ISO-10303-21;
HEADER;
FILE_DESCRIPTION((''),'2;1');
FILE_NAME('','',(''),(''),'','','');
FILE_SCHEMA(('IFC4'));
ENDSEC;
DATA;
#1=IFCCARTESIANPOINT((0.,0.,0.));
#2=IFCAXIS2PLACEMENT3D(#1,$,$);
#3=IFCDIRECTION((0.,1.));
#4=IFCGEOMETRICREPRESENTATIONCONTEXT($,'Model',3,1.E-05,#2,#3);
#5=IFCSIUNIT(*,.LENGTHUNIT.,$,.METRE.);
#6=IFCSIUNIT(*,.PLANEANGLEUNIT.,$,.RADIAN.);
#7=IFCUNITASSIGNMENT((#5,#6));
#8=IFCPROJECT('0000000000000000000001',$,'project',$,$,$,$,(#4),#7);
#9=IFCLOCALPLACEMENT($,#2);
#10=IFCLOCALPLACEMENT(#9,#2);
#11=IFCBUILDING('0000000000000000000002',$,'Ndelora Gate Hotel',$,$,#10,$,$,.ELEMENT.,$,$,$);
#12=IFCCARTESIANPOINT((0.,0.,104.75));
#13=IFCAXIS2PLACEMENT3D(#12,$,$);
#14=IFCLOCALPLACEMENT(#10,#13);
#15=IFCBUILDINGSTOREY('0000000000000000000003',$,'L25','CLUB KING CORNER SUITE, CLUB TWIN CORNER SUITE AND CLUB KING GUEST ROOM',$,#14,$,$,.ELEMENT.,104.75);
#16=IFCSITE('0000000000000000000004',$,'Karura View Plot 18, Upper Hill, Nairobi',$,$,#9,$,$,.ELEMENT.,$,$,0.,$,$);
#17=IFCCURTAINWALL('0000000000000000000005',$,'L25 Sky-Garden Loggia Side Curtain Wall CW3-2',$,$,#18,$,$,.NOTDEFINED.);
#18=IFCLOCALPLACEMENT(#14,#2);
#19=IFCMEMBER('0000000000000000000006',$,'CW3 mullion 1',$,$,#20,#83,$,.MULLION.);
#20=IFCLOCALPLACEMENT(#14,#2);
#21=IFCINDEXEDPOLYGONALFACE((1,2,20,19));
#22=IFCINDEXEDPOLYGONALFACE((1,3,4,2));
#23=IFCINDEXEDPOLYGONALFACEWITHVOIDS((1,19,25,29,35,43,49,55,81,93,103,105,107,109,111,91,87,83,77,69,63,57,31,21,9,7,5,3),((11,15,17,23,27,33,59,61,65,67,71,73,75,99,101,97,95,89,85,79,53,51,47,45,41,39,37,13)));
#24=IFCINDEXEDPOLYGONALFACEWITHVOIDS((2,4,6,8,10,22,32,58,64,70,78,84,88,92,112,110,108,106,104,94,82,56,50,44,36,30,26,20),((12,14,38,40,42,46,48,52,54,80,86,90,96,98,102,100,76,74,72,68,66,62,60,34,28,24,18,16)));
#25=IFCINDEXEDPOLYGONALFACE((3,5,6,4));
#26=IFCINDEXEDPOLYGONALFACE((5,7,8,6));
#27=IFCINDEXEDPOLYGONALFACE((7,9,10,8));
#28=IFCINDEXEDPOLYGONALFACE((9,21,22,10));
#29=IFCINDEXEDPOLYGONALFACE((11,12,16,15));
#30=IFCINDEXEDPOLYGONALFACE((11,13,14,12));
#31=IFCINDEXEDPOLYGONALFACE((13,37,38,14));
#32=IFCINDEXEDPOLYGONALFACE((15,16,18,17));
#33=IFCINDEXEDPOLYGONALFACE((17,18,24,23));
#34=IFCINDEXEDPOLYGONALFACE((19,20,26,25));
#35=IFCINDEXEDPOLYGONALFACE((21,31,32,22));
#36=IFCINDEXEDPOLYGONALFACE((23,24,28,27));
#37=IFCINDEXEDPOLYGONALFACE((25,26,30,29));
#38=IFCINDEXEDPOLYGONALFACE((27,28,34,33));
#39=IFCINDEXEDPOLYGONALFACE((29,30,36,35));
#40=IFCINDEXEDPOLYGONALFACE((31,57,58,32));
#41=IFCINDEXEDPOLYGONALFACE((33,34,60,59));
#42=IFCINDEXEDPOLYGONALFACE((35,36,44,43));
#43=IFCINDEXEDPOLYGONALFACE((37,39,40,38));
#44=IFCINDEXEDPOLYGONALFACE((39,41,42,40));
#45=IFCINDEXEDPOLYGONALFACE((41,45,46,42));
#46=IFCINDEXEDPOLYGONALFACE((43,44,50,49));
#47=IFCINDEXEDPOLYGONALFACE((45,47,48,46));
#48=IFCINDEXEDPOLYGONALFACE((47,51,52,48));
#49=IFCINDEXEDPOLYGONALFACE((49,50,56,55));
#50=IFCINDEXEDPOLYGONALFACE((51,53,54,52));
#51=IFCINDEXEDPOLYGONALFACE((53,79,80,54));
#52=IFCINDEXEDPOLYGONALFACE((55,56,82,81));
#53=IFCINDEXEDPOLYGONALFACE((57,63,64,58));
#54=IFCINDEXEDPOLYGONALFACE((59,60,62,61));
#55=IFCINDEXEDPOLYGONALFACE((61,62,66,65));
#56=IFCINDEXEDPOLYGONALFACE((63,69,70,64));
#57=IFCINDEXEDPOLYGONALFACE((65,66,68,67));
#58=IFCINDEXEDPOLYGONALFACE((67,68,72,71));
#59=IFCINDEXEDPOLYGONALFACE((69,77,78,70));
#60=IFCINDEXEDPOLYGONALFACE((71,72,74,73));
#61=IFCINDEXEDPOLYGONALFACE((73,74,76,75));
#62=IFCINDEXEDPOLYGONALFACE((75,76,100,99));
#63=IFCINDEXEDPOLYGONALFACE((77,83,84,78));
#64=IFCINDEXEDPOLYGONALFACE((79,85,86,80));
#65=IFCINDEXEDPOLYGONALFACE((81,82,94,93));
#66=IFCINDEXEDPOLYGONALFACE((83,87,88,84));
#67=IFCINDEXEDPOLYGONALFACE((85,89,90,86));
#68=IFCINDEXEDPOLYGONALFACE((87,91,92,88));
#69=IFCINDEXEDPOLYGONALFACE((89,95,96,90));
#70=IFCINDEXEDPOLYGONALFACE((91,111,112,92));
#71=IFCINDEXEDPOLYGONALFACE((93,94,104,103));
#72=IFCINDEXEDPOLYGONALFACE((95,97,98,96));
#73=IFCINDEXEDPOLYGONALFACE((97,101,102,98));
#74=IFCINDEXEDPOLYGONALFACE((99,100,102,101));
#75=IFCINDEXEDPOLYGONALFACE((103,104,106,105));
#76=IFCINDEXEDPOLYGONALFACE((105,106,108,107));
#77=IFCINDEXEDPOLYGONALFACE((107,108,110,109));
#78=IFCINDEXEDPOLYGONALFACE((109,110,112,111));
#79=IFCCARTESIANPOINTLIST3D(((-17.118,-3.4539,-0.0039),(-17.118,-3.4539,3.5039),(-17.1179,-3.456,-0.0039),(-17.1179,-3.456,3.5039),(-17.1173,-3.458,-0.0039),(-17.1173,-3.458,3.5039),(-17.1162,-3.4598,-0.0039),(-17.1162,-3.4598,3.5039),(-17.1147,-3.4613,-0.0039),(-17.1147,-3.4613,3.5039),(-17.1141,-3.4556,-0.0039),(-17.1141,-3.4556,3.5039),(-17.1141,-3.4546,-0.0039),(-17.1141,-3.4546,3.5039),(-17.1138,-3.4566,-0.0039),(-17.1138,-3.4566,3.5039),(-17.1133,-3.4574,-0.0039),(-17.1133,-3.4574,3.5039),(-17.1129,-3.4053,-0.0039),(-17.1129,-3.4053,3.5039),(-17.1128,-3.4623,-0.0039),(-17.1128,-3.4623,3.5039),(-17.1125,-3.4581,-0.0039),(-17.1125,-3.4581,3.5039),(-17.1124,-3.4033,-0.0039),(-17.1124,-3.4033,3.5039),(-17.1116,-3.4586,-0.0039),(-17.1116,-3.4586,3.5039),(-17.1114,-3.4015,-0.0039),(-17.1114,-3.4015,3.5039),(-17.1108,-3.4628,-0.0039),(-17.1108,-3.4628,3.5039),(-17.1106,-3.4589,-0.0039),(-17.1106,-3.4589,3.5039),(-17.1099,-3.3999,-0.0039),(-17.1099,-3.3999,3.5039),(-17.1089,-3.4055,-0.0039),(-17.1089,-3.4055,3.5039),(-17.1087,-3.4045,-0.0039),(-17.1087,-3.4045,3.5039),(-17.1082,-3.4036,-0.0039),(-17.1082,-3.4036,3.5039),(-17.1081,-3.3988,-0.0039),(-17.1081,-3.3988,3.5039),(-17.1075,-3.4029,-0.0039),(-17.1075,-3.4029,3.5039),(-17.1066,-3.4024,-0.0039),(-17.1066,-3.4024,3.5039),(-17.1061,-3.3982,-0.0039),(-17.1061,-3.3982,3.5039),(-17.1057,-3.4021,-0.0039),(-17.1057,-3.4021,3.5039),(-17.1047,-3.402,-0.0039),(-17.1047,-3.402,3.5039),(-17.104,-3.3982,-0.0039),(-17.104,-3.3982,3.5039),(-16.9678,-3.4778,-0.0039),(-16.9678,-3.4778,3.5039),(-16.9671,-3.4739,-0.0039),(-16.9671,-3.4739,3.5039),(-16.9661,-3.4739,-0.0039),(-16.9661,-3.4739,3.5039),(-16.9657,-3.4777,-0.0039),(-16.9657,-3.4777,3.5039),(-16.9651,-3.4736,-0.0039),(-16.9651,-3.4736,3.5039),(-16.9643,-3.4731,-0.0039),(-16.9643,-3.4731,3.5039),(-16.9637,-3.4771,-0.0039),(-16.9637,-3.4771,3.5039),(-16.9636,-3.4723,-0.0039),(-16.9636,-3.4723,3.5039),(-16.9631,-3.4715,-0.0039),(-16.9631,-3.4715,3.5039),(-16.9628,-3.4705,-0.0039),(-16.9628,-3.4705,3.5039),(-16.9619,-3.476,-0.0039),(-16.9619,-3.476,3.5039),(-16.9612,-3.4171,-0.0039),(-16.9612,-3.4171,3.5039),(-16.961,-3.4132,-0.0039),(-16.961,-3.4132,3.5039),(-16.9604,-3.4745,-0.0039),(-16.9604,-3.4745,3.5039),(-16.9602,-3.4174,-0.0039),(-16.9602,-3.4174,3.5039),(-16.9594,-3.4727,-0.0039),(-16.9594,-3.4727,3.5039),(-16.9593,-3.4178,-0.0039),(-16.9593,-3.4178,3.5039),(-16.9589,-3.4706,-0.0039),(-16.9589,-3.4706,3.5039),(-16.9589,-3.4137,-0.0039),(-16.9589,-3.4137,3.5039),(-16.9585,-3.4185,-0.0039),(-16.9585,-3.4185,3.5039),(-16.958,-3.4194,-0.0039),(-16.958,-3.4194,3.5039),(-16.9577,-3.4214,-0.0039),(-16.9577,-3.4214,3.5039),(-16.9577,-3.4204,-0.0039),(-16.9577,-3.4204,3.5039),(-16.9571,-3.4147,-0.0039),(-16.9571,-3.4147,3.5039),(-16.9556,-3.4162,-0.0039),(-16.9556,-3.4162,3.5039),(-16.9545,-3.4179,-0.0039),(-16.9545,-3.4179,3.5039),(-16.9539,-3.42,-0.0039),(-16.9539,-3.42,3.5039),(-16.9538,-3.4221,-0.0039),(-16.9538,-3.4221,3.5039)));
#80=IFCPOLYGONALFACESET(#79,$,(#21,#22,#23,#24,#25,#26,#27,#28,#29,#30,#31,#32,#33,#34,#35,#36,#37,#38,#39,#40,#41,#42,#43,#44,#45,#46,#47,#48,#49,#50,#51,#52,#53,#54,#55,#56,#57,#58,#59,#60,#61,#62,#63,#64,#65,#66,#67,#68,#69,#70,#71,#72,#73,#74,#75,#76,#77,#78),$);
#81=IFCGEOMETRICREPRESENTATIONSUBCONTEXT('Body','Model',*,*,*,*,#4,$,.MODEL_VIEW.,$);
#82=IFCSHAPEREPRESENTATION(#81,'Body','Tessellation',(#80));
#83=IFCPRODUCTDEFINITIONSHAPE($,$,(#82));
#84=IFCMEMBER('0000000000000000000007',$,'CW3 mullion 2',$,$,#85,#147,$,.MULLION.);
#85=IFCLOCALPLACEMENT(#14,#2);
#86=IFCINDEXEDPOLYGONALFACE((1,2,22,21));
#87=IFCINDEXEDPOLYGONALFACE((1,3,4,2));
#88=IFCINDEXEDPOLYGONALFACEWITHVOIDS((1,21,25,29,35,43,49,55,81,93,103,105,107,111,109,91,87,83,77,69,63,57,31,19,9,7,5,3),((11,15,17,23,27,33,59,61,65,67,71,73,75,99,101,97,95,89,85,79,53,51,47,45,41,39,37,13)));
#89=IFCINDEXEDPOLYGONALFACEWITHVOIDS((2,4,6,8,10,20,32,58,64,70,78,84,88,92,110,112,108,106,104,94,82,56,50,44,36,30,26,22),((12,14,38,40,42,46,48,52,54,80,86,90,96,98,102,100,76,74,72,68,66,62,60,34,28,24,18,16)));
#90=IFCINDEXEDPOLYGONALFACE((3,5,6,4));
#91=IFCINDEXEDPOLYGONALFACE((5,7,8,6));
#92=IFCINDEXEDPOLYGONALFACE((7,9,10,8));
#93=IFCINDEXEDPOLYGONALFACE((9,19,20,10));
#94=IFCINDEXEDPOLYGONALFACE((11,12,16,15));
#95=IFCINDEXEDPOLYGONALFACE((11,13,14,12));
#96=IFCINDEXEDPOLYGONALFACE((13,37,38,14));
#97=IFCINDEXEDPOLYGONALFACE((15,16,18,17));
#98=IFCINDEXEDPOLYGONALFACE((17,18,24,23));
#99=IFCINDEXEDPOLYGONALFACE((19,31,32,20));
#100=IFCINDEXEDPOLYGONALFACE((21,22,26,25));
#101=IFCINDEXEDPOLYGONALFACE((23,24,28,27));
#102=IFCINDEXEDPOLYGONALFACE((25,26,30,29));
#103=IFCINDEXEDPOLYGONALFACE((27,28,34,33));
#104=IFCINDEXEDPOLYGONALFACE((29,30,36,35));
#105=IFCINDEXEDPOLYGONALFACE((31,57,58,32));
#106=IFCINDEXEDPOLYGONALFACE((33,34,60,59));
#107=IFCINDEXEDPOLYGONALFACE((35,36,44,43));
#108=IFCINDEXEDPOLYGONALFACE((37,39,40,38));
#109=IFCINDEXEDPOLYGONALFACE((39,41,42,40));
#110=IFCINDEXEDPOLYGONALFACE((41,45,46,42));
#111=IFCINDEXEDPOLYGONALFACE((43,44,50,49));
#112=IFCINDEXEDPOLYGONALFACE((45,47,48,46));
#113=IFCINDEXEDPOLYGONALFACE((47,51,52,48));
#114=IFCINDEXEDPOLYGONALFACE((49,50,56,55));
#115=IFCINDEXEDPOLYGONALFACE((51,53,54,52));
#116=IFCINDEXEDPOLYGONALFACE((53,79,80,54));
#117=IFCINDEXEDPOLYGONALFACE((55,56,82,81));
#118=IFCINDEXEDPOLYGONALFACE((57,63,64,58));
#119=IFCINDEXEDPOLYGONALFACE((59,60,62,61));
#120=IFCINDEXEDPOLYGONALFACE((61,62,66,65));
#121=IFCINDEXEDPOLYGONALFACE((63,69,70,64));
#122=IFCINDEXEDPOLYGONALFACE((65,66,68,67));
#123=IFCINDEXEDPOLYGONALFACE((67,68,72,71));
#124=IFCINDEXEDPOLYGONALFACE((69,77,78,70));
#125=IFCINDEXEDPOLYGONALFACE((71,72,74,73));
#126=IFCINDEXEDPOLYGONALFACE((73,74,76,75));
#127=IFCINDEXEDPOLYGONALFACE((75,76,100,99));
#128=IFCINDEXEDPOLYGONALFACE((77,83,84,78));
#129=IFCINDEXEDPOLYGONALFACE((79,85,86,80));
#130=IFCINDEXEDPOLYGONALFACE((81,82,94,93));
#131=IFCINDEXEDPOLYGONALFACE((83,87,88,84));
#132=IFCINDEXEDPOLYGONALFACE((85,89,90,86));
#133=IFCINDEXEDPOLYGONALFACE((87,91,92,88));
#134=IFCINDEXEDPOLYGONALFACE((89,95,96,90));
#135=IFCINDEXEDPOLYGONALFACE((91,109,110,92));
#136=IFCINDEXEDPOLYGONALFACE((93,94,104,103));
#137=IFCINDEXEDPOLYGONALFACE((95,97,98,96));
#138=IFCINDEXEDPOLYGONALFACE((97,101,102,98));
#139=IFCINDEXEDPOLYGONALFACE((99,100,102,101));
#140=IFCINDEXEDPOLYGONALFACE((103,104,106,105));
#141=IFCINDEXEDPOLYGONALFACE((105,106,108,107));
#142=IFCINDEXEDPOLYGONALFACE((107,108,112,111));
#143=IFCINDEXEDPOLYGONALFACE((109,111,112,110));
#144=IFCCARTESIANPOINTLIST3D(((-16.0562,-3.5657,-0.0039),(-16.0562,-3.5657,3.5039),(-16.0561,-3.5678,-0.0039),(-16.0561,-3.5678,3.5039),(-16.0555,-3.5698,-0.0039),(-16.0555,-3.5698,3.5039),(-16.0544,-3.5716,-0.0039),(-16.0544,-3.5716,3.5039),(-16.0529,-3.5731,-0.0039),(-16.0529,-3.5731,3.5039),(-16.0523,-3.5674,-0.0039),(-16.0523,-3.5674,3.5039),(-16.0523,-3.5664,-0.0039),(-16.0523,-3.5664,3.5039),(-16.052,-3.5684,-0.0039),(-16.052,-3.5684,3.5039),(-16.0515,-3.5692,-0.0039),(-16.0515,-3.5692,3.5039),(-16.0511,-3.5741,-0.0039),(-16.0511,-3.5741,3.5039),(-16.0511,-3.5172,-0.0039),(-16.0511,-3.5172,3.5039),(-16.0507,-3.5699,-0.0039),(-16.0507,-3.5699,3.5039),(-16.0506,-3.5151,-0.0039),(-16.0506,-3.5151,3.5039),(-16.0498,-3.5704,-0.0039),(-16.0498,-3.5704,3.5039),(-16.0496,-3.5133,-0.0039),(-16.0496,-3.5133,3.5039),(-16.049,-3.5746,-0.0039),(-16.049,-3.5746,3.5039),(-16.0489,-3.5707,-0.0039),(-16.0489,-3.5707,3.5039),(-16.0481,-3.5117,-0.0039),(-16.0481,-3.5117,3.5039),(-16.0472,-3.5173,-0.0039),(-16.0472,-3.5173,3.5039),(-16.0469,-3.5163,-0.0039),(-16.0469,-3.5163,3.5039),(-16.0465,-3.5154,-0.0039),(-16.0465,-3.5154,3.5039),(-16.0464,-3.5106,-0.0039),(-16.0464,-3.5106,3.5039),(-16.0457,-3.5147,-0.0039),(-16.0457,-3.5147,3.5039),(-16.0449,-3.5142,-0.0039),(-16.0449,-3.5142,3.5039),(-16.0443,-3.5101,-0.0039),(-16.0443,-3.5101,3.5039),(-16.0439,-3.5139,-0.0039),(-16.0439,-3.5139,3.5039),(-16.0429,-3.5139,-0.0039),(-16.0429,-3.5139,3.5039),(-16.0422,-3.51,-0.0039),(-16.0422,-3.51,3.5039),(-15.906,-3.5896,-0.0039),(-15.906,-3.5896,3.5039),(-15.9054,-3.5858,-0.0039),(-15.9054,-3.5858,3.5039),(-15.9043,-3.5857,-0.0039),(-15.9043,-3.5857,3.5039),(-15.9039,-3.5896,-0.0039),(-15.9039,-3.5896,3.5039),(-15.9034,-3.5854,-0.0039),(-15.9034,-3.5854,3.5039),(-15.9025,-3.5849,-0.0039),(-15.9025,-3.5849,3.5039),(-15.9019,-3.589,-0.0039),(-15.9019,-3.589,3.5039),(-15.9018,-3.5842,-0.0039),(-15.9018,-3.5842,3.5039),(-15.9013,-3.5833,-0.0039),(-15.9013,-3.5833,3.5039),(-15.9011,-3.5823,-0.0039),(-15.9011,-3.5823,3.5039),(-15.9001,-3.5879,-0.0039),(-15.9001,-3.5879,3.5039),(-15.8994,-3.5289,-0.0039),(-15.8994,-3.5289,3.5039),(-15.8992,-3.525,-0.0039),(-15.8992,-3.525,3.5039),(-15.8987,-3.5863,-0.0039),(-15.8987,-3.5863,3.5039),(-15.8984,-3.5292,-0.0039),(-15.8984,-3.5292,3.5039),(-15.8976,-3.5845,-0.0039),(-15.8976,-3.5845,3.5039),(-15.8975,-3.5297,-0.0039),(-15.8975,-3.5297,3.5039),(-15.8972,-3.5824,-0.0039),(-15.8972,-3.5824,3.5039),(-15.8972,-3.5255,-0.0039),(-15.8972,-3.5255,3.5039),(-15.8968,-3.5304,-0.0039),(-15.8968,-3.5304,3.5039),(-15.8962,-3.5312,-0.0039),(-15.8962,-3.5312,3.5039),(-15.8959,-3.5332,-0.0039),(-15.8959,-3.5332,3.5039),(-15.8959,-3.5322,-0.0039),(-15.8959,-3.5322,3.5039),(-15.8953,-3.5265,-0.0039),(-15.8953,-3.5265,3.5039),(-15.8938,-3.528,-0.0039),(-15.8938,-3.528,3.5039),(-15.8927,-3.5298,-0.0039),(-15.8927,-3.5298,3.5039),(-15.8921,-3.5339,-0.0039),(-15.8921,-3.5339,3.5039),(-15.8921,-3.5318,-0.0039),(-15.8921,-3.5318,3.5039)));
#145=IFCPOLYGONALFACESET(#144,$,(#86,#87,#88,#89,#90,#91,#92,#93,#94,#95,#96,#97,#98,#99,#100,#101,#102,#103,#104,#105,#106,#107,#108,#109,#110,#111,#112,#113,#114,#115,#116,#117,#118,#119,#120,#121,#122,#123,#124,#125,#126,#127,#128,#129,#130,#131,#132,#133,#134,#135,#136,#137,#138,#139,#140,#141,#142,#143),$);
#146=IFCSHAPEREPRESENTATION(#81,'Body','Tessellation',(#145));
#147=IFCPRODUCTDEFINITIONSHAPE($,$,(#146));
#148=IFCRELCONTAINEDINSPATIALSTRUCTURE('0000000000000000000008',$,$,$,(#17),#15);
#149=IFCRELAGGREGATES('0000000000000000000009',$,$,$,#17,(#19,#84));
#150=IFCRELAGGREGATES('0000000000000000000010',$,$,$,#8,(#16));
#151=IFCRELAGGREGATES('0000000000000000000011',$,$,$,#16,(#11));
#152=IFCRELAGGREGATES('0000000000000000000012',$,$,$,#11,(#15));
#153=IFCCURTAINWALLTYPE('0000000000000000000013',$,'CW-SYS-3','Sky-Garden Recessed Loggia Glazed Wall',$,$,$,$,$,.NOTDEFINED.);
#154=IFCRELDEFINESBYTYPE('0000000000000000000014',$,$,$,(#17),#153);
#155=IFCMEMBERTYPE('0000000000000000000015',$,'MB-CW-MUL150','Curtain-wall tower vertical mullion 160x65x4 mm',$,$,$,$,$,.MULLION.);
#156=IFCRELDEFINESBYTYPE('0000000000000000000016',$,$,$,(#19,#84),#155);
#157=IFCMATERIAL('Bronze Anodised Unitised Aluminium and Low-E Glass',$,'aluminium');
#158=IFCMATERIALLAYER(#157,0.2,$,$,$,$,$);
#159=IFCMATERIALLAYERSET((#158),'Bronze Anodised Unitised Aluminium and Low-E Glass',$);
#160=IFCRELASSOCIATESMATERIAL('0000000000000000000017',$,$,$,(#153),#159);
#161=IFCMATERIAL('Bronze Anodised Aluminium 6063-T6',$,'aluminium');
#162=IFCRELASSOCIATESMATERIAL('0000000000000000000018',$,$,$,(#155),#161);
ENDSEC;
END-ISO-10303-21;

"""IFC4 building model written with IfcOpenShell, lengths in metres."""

from ifc_helpers import new_model, si_unit, direction, frame, origin, origin_2d, place, context, subcontext, project, spatial, hollow_rectangle, extrude, material, layer, layer_set, material_profile, profile_set, type_object, element, aggregate, save


model = new_model("IFC4")

# Units and contexts
model_context = context("Model", 3, precision=1e-05, world=origin(), true_north=direction((0.0, 1.0)))
body_context = subcontext(model_context, "Body", "Model", "MODEL_VIEW")
ifc_project = project(units=[si_unit("LENGTHUNIT", "METRE"), si_unit("PLANEANGLEUNIT", "RADIAN")], contexts=[model_context])

# Site, building, storey
site_placement = place(None, origin())
site = spatial("IfcSite", under=ifc_project, at=site_placement, Name="Karura View Plot 18, Upper Hill, Nairobi", CompositionType="ELEMENT", RefElevation=0.0)
building_placement = place(site_placement, origin())
building = spatial("IfcBuilding", under=site, at=building_placement, Name="Ndelora Gate Hotel", CompositionType="ELEMENT")
storey_placement = place(building_placement, frame((0.0, 0.0, 104.75)))
storey = spatial("IfcBuildingStorey", under=building, at=storey_placement, Name="L25", Description="CLUB KING CORNER SUITE, CLUB TWIN CORNER SUITE AND CLUB KING GUEST ROOM", CompositionType="ELEMENT", Elevation=104.75)

# Curtain wall, members
ifc_material_1 = material(Name="Bronze Anodised Unitised Aluminium and Low-E Glass", Category="aluminium")
ifc_layer_1 = layer(ifc_material_1, 0.2)
ifc_layer_set_1 = layer_set([ifc_layer_1], Name="Bronze Anodised Unitised Aluminium and Low-E Glass")
curtain_wall_type = type_object("IfcCurtainWallType", Name="CW-SYS-3", Description="Sky-Garden Recessed Loggia Glazed Wall", PredefinedType="NOTDEFINED", material=ifc_layer_set_1)
curtain_wall_placement = place(storey_placement, origin())
curtain_wall = element("IfcCurtainWall", 1, at=curtain_wall_placement, inside=storey, type_object=curtain_wall_type, Name="L25 Sky-Garden Loggia Side Curtain Wall CW3-2", PredefinedType="NOTDEFINED")
ifc_material_2 = material(Name="Bronze Anodised Aluminium 6063-T6", Category="aluminium")
ifc_material_profile_1 = material_profile(ifc_material_2, hollow_rectangle(XDim=0.0649, YDim=0.1599, WallThickness=0.0039, InnerFilletRadius=0.0039, OuterFilletRadius=0.0081, at=origin_2d()), Name="ALU 160x65x4")
ifc_profile_set_1 = profile_set([ifc_material_profile_1], Name="Bronze Anodised Aluminium 6063-T6")
member_type_1 = type_object("IfcMemberType", Name="MB-CW-MUL150", Description="Curtain-wall tower vertical mullion 160x65x4 mm", PredefinedType="MULLION", material=ifc_profile_set_1)
member_1_placement = place(storey_placement, frame((-17.0359, -3.438, -0.0039), z_axis=(0.0, 0.0, 1.0), x_axis=(0.104548, 0.99452, 0.0)))
member_1 = element("IfcMember", 2, at=member_1_placement, type_object=member_type_1, Name="CW3 mullion 1", PredefinedType="MULLION", context=body_context, shape_type="SweptSolid", body=[
    extrude(hollow_rectangle(XDim=0.0649, YDim=0.1599, WallThickness=0.0039, InnerFilletRadius=0.0039, OuterFilletRadius=0.0081, at=origin_2d()), origin(), (0.0, 0.0, 1.0), 3.5078),
])
member_2_placement = place(storey_placement, frame((-15.9741, -3.5498, -0.0039), z_axis=(0.0, 0.0, 1.0), x_axis=(0.104548, 0.99452, 0.0)))
member_2 = element("IfcMember", 3, at=member_2_placement, type_object=member_type_1, Name="CW3 mullion 2", PredefinedType="MULLION", context=body_context, shape_type="SweptSolid", body=[
    extrude(hollow_rectangle(XDim=0.0649, YDim=0.1599, WallThickness=0.0039, InnerFilletRadius=0.0039, OuterFilletRadius=0.0081, at=origin_2d()), origin(), (0.0, 0.0, 1.0), 3.5078),
])
aggregate(curtain_wall, [member_1, member_2])

save(model, "model.ifc")
